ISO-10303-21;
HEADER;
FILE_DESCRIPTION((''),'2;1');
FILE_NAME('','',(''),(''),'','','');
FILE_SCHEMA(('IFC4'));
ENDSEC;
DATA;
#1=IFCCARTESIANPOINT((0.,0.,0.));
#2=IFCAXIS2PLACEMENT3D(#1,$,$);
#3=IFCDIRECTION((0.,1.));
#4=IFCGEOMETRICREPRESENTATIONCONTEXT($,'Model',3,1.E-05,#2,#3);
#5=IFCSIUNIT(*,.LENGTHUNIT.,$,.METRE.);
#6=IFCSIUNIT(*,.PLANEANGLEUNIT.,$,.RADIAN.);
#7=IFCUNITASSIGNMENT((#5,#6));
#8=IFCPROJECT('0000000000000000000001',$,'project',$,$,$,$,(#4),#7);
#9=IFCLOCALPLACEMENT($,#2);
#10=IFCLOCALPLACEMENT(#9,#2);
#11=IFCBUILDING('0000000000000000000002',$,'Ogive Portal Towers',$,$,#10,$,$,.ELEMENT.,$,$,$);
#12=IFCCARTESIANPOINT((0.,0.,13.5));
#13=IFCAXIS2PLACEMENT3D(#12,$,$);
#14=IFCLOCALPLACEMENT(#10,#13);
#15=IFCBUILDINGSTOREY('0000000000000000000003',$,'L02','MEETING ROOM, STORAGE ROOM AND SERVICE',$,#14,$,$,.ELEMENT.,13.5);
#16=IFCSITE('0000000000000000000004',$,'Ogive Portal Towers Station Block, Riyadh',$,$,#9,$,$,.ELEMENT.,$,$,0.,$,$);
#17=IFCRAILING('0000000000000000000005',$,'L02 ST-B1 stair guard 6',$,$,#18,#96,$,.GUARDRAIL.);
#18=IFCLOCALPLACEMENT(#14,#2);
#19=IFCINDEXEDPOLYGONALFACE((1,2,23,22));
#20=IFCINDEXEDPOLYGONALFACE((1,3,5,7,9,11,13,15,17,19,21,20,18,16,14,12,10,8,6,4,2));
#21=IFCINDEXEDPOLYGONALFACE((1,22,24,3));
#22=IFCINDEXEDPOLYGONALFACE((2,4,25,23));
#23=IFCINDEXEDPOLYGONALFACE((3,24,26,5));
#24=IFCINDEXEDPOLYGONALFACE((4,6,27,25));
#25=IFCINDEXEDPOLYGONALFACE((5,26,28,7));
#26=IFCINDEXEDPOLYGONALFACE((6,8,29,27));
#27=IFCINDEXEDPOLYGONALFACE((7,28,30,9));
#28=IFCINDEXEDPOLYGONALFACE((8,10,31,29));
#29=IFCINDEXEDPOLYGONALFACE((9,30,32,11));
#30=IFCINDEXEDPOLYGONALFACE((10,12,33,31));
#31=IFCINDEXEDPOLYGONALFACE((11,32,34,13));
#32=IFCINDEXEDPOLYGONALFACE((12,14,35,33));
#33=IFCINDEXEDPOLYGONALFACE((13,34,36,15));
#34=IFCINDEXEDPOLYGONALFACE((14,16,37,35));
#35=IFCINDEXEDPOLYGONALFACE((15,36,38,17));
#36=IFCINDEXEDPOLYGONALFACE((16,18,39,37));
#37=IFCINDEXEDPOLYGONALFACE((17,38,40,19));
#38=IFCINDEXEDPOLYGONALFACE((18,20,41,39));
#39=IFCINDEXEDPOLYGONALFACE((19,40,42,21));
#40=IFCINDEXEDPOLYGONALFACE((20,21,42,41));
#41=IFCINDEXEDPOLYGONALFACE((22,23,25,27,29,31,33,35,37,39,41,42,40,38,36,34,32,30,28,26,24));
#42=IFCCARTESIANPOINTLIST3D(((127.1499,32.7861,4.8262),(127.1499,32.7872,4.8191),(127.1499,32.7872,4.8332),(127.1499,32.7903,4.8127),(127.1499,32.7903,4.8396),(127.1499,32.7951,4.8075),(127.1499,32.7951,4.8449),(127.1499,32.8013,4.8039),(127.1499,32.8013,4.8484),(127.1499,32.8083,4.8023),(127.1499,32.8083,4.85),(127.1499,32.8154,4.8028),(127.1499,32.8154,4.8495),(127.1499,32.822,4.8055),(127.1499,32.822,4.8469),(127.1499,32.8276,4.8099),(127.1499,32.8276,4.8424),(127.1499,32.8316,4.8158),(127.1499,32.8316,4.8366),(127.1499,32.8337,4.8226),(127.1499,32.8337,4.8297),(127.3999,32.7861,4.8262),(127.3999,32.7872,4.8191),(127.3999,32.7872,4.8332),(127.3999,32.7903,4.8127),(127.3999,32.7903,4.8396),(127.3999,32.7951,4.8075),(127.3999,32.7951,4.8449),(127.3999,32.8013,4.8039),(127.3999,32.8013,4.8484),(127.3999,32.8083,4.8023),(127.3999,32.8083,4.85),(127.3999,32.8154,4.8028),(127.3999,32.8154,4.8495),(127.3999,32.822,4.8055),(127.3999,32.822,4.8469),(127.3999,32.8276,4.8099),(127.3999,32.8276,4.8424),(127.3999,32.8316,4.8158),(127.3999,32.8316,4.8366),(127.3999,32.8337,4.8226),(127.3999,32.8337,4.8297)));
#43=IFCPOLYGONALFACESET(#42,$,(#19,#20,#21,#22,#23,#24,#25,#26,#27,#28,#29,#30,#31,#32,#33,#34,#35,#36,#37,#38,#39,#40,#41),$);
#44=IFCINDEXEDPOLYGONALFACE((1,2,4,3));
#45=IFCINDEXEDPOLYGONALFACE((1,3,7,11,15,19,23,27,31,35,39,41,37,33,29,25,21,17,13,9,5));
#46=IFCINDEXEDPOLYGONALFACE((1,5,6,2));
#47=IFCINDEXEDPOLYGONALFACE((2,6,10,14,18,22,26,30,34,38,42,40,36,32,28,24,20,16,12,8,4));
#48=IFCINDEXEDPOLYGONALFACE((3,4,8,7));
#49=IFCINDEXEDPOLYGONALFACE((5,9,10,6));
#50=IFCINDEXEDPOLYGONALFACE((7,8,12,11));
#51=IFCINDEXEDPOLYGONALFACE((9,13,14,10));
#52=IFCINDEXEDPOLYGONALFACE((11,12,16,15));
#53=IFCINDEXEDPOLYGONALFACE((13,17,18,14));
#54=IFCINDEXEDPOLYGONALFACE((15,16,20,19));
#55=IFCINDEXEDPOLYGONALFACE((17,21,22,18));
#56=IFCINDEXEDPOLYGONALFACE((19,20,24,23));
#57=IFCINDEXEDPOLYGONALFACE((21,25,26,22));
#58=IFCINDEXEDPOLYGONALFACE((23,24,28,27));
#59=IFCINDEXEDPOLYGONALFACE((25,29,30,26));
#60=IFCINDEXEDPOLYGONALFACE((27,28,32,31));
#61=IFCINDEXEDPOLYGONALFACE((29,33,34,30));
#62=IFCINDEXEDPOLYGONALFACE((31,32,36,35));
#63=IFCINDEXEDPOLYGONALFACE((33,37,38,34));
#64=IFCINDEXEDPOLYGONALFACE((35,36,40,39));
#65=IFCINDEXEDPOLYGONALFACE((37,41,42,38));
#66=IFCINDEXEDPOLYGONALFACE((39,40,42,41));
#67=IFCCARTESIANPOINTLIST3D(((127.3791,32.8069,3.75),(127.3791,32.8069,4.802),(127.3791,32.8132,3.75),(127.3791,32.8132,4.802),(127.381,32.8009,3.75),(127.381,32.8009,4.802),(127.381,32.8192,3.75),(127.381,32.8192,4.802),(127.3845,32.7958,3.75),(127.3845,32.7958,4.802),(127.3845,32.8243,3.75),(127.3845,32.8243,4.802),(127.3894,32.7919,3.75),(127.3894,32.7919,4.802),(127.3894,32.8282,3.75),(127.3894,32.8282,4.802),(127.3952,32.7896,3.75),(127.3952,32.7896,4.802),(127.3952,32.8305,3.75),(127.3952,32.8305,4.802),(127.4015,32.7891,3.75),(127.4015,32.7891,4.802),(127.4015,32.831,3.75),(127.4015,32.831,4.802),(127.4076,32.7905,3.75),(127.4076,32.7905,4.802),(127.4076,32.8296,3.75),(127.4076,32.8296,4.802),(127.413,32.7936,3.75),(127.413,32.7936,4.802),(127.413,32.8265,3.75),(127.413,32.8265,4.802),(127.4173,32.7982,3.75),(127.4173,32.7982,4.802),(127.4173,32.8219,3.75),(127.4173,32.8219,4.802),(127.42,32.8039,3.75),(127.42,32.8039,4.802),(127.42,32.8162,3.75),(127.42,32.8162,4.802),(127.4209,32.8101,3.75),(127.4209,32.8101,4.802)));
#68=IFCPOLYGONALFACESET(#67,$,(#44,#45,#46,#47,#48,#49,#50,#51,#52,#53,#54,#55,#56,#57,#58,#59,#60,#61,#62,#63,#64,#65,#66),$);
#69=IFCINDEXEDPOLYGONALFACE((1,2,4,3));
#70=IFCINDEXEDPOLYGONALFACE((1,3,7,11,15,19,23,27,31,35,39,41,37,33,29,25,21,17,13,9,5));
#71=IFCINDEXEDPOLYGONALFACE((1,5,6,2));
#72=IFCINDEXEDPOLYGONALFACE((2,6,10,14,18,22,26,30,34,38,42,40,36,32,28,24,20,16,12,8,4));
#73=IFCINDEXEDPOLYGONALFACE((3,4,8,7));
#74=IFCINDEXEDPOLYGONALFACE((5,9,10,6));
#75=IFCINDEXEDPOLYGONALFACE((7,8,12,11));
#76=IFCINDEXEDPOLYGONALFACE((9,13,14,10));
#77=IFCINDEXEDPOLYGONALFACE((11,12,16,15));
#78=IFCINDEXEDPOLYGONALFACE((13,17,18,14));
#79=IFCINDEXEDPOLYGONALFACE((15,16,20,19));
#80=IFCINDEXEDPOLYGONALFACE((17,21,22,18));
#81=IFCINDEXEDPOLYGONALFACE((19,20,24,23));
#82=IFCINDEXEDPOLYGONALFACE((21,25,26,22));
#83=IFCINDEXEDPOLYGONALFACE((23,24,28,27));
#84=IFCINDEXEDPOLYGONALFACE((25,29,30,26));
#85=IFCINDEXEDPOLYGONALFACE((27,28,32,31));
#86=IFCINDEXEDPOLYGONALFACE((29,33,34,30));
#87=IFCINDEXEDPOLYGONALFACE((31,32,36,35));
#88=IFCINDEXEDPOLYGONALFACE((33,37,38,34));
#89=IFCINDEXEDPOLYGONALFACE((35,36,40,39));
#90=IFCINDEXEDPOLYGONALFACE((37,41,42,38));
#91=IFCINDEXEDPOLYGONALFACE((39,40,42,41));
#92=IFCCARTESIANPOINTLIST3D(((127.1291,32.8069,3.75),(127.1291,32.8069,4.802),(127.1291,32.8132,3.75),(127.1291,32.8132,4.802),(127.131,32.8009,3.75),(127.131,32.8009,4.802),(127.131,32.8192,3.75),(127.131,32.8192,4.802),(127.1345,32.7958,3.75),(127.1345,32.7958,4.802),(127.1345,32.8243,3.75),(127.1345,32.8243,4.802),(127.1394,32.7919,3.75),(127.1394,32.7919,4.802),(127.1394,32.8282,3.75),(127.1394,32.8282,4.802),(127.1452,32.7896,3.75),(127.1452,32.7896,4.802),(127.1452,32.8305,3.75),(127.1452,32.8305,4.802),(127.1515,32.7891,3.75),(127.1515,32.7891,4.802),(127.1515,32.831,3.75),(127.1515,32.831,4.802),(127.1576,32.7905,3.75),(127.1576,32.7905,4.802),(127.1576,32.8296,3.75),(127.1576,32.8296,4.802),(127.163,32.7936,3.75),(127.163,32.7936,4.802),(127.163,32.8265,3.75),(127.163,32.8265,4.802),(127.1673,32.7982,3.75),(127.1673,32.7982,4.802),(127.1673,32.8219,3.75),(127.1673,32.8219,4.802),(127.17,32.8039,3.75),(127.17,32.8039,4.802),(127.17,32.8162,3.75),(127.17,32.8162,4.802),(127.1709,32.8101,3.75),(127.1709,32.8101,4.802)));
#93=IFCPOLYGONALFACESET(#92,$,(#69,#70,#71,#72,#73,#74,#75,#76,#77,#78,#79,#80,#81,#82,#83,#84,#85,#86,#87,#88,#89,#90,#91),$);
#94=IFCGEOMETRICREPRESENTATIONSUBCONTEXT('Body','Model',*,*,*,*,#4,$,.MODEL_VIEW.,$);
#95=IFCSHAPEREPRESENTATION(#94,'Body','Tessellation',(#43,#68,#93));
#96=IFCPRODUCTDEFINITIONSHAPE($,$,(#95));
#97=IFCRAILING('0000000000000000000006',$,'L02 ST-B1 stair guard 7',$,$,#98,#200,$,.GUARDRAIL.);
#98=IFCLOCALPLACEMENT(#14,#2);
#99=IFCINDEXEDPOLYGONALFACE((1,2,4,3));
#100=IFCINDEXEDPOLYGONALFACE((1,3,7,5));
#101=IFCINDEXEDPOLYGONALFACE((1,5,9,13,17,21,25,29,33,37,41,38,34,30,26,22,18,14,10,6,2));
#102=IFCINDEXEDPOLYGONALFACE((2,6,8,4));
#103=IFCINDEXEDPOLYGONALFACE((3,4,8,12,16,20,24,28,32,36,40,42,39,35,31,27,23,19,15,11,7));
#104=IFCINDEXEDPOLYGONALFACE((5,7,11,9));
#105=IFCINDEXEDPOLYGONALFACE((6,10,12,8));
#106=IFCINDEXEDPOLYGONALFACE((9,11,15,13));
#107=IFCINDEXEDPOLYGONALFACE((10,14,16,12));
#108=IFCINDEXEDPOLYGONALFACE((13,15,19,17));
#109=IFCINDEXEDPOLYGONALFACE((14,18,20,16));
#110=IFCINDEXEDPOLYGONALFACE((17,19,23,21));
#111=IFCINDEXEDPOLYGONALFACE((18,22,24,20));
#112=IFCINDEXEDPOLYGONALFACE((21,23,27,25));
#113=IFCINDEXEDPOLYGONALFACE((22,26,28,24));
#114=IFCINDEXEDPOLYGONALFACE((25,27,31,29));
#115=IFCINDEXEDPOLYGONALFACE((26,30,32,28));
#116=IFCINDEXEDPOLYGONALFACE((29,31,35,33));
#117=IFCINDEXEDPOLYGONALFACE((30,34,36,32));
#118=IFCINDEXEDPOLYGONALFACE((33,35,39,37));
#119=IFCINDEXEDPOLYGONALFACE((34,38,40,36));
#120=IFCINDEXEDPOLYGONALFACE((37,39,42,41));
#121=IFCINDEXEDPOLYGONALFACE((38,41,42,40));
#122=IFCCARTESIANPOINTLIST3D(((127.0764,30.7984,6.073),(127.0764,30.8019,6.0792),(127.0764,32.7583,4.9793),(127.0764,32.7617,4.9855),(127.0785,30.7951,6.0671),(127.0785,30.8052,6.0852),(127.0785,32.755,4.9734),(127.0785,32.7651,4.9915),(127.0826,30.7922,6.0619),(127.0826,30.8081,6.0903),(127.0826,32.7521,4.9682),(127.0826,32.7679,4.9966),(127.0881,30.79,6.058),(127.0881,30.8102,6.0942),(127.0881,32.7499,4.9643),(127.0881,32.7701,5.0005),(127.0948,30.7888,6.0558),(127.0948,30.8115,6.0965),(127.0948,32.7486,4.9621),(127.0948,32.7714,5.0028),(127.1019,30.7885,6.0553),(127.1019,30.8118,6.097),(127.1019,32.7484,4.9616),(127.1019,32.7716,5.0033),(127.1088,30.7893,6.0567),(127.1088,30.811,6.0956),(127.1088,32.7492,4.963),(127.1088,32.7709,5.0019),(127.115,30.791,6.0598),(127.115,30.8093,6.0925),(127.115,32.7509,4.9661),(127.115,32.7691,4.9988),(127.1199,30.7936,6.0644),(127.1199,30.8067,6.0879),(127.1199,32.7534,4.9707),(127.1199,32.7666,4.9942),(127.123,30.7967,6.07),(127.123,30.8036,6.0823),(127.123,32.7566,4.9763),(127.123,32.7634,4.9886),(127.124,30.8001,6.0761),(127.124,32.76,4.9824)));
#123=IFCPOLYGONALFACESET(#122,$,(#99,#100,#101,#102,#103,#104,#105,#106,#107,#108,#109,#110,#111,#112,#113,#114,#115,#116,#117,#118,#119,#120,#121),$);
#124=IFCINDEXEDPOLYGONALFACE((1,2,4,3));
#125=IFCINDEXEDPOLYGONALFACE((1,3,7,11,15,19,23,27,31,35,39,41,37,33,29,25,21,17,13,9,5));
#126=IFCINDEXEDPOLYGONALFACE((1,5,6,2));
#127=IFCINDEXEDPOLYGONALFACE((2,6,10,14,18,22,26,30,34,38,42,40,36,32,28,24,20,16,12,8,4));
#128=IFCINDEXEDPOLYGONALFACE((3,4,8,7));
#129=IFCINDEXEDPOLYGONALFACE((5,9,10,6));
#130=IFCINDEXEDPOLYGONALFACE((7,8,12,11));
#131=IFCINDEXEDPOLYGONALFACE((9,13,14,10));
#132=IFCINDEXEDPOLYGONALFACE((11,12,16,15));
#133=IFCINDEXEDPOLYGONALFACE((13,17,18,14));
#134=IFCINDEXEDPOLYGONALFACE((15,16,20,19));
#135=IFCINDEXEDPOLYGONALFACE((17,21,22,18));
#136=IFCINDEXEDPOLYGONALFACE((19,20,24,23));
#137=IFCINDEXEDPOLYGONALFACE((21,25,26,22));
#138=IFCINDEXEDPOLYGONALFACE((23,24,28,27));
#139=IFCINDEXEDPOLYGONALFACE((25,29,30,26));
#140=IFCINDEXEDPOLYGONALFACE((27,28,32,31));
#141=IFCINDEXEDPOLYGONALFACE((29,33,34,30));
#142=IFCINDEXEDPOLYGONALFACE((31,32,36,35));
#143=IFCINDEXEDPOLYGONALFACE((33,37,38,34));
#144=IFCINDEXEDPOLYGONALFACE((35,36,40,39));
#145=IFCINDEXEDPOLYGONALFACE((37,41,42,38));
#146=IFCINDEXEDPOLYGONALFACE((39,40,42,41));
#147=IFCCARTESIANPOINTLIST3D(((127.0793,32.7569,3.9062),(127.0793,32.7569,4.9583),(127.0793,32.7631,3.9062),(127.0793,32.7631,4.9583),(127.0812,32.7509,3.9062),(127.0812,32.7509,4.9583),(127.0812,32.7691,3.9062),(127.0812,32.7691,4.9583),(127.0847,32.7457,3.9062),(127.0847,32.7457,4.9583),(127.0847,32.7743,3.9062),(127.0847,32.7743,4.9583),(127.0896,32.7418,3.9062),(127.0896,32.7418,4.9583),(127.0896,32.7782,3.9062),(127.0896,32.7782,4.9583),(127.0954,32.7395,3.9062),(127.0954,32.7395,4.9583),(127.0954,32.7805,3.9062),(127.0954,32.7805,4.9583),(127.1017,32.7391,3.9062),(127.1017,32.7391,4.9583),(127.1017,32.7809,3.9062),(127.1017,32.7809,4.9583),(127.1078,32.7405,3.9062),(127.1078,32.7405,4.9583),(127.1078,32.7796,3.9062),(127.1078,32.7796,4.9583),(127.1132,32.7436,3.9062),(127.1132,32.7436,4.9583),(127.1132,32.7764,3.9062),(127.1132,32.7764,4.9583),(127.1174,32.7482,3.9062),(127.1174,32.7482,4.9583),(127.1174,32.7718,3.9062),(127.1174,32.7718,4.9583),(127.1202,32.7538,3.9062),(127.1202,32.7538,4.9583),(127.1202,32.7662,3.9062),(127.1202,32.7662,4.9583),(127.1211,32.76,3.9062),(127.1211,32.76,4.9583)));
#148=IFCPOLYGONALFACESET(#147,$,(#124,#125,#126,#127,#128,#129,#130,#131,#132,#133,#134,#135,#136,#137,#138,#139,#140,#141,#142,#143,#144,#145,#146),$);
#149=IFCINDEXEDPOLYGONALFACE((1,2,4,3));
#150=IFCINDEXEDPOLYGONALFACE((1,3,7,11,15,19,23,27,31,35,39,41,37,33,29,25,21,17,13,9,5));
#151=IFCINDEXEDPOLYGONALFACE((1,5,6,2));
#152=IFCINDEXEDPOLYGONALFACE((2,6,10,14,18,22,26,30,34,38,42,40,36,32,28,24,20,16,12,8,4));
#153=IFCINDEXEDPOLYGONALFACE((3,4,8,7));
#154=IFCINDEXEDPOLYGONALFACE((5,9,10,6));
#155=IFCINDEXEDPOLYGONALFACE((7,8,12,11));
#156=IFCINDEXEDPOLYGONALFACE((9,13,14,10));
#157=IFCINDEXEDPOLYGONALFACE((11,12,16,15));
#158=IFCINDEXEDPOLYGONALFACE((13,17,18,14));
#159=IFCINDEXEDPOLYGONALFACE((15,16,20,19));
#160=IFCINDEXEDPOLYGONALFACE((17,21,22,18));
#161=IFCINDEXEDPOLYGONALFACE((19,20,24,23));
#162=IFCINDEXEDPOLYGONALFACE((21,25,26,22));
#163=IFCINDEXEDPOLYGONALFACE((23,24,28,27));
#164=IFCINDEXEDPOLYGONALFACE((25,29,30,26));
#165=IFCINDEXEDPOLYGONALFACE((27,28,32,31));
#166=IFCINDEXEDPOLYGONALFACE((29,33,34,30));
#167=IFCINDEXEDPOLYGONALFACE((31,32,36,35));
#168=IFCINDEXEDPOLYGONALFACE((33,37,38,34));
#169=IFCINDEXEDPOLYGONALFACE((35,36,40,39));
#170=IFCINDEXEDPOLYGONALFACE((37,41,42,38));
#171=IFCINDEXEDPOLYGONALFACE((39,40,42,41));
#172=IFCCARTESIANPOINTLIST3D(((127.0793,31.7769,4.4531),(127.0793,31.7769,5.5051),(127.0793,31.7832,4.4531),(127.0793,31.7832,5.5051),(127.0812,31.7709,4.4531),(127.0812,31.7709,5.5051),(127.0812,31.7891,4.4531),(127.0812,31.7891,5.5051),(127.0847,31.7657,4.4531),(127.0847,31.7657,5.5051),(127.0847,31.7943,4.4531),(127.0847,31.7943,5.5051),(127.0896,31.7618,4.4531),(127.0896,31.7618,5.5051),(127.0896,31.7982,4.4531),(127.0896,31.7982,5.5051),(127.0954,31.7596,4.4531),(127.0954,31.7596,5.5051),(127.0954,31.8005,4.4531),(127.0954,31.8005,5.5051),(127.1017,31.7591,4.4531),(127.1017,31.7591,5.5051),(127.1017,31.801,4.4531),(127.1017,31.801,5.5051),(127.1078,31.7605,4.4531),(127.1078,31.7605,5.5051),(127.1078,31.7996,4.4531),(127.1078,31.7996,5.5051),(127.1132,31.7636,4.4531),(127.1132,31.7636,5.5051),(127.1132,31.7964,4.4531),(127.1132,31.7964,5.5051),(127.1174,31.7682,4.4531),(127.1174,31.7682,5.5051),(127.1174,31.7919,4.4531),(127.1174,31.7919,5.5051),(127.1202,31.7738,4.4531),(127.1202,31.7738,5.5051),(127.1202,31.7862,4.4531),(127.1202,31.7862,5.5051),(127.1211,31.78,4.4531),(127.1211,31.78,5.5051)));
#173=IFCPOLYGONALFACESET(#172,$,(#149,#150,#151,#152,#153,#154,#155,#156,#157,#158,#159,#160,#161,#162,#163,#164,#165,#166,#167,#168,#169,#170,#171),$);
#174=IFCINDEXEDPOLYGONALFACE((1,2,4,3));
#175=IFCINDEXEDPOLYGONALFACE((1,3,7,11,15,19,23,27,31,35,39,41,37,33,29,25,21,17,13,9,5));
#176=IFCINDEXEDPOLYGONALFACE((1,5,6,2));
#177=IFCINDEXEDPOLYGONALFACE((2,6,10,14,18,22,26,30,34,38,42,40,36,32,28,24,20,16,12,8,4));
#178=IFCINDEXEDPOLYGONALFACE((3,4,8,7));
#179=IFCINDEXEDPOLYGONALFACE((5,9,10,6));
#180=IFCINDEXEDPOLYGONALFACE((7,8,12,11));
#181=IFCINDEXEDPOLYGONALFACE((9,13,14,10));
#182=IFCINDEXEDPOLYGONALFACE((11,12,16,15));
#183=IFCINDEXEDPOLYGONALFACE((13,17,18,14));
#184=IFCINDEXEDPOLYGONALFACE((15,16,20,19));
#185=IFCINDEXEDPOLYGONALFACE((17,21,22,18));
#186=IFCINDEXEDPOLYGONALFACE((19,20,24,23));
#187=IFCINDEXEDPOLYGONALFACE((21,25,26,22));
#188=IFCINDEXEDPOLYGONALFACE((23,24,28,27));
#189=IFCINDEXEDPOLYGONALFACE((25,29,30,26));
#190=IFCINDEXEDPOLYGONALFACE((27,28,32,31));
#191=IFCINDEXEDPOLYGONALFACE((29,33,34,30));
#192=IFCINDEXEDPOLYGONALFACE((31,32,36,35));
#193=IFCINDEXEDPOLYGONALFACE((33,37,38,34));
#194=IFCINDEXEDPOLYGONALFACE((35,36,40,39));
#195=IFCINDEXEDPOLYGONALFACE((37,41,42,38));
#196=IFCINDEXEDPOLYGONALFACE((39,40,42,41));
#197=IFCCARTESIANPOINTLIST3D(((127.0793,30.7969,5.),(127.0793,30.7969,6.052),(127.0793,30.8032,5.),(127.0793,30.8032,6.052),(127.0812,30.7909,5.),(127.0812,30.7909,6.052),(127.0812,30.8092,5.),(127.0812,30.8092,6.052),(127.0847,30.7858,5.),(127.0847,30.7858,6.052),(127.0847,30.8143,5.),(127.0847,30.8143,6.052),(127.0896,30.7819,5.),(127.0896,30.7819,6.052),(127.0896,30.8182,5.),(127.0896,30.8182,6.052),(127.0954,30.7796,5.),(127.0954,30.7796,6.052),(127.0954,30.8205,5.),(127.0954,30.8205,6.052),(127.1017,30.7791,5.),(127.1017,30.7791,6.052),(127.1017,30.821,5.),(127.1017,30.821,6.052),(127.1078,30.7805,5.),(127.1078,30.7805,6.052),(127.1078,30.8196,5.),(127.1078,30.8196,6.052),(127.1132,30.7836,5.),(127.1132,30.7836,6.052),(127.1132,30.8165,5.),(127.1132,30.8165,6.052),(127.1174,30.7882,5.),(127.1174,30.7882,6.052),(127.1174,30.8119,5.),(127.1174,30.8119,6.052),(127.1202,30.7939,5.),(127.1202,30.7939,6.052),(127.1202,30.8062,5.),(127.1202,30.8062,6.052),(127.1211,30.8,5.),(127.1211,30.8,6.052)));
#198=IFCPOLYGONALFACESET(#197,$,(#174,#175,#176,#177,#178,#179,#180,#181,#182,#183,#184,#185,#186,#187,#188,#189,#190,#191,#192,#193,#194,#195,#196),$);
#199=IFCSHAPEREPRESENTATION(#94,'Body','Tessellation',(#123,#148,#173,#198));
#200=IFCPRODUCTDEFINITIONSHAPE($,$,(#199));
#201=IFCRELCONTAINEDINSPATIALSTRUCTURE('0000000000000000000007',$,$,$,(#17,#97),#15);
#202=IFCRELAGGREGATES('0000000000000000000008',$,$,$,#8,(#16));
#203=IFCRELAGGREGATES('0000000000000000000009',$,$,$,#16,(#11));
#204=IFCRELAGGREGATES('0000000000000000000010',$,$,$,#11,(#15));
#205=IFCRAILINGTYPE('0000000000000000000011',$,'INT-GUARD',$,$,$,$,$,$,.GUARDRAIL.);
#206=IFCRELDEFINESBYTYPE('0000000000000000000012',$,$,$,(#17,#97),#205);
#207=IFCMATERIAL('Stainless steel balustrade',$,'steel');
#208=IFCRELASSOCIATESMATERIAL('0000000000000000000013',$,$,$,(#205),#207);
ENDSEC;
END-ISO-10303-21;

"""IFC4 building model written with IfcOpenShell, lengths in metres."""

from ifc_helpers import new_model, si_unit, direction, frame, origin, origin_2d, place, context, subcontext, project, spatial, circle, extrude, material, type_object, element, save


model = new_model("IFC4")

# Units and contexts
model_context = context("Model", 3, precision=1e-05, world=origin(), true_north=direction((0.0, 1.0)))
body_context = subcontext(model_context, "Body", "Model", "MODEL_VIEW")
ifc_project = project(units=[si_unit("LENGTHUNIT", "METRE"), si_unit("PLANEANGLEUNIT", "RADIAN")], contexts=[model_context])

# Site, building, storey
site_placement = place(None, origin())
site = spatial("IfcSite", under=ifc_project, at=site_placement, Name="Ogive Portal Towers Station Block, Riyadh", CompositionType="ELEMENT", RefElevation=0.0)
building_placement = place(site_placement, origin())
building = spatial("IfcBuilding", under=site, at=building_placement, Name="Ogive Portal Towers", CompositionType="ELEMENT")
storey_placement = place(building_placement, frame((0.0, 0.0, 13.5)))
storey = spatial("IfcBuildingStorey", under=building, at=storey_placement, Name="L02", Description="MEETING ROOM, STORAGE ROOM AND SERVICE", CompositionType="ELEMENT", Elevation=13.5)

# Railings
ifc_material_1 = material(Name="Stainless steel balustrade", Category="steel")
railing_type_1 = type_object("IfcRailingType", Name="INT-GUARD", PredefinedType="GUARDRAIL", material=ifc_material_1)
railing_1_placement = place(storey_placement, frame((127.3999, 32.8101, 3.75)))
element("IfcRailing", 1, at=railing_1_placement, inside=storey, type_object=railing_type_1, Name="L02 ST-B1 stair guard 6", PredefinedType="GUARDRAIL", context=body_context, shape_type="SweptSolid", body=[
    extrude(circle(Radius=0.0239, at=origin_2d()), frame((0.0, 0.0, 1.0762), z_axis=(-1.0, 0.0, 0.0), x_axis=(0.0, -1.0, 0.0)), (0.0, 0.0, 1.0), 0.25),
    extrude(circle(Radius=0.021, at=origin_2d()), origin(), (0.0, 0.0, 1.0), 1.052),
    extrude(circle(Radius=0.021, at=origin_2d()), frame((-0.25, 0.0, 0.0)), (0.0, 0.0, 1.0), 1.052),
])
railing_2_placement = place(storey_placement, frame((127.1001, 32.76, 3.9062)))
element("IfcRailing", 2, at=railing_2_placement, inside=storey, type_object=railing_type_1, Name="L02 ST-B1 stair guard 7", PredefinedType="GUARDRAIL", context=body_context, shape_type="SweptSolid", body=[
    extrude(circle(Radius=0.0239, at=origin_2d()), frame((0.0, 0.0, 1.0762), z_axis=(0.0, -0.873232, 0.487304), x_axis=(1.0, 0.0, 0.0)), (0.0, 0.0, 1.0), 2.2444),
    extrude(circle(Radius=0.021, at=origin_2d()), origin(), (0.0, 0.0, 1.0), 1.052),
    extrude(circle(Radius=0.021, at=origin_2d()), frame((0.0, -0.98, 0.5469)), (0.0, 0.0, 1.0), 1.052),
    extrude(circle(Radius=0.021, at=origin_2d()), frame((0.0, -1.96, 1.0938)), (0.0, 0.0, 1.0), 1.052),
])

save(model, "model.ifc")
